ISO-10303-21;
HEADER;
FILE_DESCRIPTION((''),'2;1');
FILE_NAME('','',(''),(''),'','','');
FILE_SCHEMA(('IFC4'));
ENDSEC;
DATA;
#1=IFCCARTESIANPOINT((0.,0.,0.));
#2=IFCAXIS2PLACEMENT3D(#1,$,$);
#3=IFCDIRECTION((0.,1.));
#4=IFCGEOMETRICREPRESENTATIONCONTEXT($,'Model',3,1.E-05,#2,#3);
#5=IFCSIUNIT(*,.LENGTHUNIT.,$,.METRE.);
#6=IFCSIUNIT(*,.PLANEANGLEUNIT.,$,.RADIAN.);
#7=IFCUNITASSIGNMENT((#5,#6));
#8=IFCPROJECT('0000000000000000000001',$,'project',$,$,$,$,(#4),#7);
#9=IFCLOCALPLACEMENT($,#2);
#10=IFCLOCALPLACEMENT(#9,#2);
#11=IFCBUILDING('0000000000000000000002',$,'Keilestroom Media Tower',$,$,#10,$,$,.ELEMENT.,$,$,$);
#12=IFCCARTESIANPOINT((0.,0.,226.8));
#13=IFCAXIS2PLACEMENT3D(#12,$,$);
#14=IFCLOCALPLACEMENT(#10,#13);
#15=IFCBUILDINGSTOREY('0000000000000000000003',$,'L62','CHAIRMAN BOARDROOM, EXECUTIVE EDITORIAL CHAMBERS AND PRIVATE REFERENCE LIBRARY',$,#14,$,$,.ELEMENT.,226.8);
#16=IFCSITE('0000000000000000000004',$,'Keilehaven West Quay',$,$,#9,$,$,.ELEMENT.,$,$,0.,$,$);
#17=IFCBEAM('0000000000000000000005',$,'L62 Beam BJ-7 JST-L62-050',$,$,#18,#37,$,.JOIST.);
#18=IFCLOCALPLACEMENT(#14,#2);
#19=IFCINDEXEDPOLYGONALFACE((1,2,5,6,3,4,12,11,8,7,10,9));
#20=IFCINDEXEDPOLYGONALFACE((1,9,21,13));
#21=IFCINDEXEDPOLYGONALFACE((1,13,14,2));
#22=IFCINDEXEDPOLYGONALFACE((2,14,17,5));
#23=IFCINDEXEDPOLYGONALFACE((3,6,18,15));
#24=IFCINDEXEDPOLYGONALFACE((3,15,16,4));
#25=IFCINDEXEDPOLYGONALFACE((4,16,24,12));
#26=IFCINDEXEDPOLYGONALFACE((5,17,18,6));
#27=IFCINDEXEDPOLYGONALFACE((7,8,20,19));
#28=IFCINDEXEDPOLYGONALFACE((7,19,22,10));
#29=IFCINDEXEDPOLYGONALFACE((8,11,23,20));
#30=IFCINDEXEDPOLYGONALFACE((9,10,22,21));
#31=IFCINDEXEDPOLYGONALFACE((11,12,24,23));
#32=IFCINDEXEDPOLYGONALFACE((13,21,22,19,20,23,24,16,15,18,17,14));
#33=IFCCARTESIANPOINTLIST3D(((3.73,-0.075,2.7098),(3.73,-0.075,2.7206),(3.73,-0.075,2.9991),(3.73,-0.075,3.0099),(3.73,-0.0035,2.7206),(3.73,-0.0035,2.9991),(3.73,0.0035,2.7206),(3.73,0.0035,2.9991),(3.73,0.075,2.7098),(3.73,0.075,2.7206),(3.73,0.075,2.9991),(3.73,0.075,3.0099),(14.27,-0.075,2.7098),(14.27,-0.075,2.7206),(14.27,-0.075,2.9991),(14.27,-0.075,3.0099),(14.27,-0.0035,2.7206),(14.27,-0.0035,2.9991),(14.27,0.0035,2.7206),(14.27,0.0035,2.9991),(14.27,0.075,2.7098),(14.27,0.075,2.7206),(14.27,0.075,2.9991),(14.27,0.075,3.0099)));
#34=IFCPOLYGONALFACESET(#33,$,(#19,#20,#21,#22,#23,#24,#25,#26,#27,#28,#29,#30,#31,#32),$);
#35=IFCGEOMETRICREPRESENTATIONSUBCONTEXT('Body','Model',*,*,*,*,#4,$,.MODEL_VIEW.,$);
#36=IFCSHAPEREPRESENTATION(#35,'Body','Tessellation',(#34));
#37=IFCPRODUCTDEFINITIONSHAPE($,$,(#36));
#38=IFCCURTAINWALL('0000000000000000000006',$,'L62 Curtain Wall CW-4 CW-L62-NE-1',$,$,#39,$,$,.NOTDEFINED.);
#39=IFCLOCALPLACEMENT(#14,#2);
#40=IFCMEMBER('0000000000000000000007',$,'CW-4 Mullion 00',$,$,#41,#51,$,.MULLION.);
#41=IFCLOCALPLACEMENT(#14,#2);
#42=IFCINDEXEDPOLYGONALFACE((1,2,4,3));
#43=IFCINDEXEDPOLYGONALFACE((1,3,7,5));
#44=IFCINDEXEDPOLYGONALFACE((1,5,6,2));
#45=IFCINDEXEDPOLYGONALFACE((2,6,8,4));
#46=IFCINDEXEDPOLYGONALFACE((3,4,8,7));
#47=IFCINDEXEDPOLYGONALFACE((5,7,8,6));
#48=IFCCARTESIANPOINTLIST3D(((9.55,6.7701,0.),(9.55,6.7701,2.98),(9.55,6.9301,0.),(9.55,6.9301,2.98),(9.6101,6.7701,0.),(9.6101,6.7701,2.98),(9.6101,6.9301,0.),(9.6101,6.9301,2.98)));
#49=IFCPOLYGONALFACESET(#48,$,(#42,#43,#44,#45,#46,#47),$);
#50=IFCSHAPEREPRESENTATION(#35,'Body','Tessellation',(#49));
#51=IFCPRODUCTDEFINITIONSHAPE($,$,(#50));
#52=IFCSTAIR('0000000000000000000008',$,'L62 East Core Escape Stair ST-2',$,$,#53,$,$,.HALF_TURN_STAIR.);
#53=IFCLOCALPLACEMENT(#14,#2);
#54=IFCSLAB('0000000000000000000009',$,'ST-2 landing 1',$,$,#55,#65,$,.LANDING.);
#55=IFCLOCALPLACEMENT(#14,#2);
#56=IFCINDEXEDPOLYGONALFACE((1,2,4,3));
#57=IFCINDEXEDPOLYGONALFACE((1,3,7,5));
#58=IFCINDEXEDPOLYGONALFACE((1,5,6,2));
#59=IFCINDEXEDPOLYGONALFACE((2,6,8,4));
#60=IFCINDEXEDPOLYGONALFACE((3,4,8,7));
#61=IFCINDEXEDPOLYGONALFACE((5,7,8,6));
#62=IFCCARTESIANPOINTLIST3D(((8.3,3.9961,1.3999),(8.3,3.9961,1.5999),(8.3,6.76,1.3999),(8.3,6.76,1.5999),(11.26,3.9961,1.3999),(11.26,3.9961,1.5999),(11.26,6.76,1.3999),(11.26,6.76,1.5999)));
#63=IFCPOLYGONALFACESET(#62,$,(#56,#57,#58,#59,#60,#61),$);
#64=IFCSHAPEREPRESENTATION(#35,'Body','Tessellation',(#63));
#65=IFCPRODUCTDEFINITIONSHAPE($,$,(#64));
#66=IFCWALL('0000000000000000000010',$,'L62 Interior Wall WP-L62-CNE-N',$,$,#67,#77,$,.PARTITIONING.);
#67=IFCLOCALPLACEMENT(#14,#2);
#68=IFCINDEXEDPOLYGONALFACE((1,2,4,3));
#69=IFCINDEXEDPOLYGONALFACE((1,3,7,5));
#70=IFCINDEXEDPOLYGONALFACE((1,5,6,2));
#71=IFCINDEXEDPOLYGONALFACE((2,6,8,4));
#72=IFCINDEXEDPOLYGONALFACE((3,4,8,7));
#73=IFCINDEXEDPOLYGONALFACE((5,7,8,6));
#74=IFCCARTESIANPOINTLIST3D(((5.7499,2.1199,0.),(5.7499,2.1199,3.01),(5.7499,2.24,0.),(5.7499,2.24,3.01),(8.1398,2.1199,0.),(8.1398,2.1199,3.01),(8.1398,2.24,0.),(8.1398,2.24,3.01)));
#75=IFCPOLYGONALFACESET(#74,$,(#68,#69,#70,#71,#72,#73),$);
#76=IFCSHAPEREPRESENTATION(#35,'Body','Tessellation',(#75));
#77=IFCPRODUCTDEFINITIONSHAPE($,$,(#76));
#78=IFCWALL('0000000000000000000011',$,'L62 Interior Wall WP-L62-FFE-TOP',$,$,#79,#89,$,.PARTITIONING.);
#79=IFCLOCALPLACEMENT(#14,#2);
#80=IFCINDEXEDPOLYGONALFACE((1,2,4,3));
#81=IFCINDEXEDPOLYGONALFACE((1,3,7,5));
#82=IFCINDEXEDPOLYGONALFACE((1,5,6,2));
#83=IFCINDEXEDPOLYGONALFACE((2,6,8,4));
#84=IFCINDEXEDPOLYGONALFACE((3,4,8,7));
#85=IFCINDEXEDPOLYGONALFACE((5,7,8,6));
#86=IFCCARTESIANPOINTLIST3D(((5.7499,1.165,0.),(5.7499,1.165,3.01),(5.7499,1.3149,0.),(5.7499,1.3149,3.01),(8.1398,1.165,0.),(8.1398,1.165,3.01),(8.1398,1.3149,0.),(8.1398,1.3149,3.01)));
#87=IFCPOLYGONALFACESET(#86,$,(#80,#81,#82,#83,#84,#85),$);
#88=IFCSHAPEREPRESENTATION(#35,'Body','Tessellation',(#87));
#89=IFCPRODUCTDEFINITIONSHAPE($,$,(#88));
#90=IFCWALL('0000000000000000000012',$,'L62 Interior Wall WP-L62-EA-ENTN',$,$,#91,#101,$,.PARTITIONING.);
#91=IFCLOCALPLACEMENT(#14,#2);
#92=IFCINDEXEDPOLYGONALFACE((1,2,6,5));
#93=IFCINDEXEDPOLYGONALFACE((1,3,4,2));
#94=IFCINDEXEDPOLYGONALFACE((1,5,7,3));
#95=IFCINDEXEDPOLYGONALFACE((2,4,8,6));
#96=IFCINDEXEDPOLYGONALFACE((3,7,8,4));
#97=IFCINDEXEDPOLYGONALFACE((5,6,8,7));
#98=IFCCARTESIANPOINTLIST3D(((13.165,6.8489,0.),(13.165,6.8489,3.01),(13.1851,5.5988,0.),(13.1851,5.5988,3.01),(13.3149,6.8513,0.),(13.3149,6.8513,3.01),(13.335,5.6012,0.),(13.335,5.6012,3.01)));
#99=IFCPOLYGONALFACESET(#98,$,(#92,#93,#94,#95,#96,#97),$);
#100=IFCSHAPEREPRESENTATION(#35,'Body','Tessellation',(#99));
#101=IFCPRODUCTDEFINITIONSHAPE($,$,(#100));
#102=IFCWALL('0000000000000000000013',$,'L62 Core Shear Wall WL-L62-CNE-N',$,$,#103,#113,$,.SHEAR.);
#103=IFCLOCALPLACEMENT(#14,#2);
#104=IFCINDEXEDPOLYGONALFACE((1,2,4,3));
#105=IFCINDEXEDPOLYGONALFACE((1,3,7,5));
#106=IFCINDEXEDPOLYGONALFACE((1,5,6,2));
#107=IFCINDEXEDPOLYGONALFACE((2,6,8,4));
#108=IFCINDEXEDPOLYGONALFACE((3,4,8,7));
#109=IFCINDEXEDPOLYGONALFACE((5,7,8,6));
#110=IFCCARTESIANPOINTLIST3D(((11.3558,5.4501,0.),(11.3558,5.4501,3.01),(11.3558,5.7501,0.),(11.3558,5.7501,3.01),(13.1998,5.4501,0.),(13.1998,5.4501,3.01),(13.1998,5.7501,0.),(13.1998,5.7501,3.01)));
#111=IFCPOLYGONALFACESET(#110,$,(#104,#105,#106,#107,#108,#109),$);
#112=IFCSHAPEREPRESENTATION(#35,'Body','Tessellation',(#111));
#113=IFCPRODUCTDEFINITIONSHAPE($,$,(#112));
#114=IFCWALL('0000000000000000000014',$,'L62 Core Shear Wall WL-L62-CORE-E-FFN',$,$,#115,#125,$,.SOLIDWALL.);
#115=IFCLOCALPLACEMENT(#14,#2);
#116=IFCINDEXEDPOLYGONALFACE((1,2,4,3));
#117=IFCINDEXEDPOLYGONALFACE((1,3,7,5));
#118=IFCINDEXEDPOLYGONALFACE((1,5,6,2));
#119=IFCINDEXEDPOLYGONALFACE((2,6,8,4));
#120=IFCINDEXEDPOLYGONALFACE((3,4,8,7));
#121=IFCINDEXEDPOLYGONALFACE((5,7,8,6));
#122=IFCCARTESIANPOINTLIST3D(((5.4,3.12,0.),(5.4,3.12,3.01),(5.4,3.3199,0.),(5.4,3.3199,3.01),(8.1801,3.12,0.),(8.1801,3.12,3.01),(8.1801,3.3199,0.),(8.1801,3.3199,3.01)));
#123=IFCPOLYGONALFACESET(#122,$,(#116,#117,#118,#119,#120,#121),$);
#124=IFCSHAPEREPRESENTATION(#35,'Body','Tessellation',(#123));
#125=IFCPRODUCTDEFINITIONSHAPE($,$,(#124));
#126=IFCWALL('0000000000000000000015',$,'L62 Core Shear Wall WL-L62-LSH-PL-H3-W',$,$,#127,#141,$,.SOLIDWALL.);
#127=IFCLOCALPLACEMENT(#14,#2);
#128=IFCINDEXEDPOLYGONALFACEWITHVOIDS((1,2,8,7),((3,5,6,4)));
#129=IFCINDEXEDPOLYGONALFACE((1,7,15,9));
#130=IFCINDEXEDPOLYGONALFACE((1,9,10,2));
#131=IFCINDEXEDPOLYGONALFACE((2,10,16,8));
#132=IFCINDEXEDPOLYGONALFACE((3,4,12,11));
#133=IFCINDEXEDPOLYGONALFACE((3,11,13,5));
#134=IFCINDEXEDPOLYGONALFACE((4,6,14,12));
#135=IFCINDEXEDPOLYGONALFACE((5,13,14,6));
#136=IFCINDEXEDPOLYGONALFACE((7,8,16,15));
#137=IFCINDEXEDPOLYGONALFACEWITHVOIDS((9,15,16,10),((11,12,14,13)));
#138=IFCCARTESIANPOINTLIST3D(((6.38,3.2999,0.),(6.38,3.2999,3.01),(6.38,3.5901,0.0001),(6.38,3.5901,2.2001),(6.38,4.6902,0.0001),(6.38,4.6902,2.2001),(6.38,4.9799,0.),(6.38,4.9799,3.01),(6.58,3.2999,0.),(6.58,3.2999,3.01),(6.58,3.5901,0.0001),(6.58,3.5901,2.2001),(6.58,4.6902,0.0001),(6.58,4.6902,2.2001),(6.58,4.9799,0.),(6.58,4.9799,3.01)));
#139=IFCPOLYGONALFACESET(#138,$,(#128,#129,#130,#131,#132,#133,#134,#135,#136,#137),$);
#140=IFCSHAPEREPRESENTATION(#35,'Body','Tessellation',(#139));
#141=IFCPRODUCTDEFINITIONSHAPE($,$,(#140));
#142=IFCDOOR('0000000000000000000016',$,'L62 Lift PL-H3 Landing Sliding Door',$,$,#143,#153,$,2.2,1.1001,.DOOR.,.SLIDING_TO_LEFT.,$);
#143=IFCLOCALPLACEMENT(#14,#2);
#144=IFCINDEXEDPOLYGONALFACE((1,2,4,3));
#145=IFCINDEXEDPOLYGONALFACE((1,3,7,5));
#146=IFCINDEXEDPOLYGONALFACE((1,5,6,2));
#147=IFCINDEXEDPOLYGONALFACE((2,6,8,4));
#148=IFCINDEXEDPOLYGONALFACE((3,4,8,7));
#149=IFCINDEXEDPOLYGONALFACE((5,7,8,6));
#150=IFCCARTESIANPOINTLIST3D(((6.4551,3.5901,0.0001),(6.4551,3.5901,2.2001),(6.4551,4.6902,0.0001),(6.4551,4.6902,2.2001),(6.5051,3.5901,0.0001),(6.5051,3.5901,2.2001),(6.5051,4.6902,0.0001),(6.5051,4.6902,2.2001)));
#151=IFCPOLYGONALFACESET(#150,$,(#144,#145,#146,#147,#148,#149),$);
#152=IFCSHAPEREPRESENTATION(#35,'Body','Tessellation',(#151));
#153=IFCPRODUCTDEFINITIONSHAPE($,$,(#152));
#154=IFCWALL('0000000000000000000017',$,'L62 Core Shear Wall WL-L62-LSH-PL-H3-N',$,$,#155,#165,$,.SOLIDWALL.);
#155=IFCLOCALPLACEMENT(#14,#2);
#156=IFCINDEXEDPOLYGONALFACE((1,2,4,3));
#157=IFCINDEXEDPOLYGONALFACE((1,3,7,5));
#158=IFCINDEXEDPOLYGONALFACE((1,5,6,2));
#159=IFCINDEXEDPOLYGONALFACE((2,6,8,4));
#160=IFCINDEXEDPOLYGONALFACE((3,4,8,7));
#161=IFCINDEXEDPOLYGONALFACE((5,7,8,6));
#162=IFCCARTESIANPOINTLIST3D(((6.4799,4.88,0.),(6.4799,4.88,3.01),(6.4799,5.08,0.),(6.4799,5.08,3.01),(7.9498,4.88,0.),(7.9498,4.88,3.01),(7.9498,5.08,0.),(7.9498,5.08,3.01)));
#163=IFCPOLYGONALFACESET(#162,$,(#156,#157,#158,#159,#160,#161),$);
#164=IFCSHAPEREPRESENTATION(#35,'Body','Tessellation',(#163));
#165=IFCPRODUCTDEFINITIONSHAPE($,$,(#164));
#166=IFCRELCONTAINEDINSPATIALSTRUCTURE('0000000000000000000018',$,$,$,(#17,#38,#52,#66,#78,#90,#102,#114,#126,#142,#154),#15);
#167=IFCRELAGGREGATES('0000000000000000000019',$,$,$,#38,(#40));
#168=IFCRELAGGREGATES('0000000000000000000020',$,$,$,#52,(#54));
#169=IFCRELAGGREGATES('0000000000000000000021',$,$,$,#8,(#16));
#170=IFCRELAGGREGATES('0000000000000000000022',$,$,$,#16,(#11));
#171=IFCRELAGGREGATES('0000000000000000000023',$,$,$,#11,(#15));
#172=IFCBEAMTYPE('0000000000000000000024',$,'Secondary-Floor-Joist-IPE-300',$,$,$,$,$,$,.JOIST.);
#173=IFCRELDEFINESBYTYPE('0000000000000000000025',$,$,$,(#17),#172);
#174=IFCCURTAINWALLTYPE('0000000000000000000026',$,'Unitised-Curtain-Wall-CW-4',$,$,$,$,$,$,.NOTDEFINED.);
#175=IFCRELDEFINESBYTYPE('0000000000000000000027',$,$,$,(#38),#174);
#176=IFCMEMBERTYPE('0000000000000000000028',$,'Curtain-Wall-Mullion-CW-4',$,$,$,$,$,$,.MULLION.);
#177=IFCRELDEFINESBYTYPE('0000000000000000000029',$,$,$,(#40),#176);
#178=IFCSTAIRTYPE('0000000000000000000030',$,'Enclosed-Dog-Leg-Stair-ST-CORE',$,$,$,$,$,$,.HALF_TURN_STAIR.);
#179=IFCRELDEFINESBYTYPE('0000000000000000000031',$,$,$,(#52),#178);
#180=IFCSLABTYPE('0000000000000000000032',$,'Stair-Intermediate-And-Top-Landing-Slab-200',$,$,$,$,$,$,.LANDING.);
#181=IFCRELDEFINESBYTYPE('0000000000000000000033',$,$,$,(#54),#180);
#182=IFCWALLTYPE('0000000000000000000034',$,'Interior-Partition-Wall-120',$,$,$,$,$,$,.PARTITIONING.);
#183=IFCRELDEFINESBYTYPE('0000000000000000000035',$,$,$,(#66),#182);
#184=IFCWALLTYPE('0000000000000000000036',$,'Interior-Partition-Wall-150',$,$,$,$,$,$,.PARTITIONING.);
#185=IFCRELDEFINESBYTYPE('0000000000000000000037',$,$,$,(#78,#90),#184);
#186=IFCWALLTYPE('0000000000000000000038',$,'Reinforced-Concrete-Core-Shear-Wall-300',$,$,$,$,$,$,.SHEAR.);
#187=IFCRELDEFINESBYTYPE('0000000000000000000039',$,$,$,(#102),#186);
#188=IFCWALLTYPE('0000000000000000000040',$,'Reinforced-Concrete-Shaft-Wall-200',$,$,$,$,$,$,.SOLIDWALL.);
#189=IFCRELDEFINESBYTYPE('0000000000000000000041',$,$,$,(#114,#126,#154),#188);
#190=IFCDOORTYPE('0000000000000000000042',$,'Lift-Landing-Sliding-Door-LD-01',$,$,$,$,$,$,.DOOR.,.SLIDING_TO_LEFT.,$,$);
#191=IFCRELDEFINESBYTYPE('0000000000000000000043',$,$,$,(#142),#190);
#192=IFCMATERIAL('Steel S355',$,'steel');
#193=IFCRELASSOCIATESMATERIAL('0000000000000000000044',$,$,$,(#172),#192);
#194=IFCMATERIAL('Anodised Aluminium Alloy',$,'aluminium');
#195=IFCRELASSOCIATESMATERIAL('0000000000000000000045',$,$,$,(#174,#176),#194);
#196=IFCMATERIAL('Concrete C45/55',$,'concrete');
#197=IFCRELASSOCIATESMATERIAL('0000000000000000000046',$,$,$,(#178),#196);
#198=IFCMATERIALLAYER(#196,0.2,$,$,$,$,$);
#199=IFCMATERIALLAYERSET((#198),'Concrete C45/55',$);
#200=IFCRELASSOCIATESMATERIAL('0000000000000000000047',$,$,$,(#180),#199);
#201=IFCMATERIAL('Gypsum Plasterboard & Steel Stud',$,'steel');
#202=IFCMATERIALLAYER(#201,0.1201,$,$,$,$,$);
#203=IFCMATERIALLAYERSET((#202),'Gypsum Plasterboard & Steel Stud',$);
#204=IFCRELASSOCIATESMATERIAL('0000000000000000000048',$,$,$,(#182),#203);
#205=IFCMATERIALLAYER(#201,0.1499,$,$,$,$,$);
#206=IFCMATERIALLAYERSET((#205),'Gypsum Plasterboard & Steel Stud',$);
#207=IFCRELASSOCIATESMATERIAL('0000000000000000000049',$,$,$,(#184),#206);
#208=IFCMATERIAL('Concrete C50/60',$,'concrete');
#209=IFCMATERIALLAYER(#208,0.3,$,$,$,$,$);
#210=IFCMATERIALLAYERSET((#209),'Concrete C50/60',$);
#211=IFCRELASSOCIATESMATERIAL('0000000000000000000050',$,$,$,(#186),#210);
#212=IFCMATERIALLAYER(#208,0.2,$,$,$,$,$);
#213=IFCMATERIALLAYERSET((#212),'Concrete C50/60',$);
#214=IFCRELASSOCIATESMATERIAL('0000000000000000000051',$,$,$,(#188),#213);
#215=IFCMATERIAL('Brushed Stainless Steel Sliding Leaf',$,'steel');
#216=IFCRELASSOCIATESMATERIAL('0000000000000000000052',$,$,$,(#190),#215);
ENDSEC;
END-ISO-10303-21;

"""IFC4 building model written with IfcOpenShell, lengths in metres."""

from ifc_helpers import new_model, si_unit, direction, frame, frame_2d, origin, origin_2d, place, context, subcontext, project, spatial, polyline, rectangle, i_section, outline, extrude, source, transform, mapped, material, layer, layer_set, material_profile, profile_set, type_object, element, fill, aggregate, save


model = new_model("IFC4")

# Units and contexts
model_context = context("Model", 3, precision=1e-05, world=origin(), true_north=direction((0.0, 1.0)))
body_context = subcontext(model_context, "Body", "Model", "MODEL_VIEW")
ifc_project = project(units=[si_unit("LENGTHUNIT", "METRE"), si_unit("PLANEANGLEUNIT", "RADIAN")], contexts=[model_context])

# Site, building, storey
site_placement = place(None, origin())
site = spatial("IfcSite", under=ifc_project, at=site_placement, Name="Keilehaven West Quay", CompositionType="ELEMENT", RefElevation=0.0)
building_placement = place(site_placement, origin())
building = spatial("IfcBuilding", under=site, at=building_placement, Name="Keilestroom Media Tower", CompositionType="ELEMENT")
storey_placement = place(building_placement, frame((0.0, 0.0, 226.8)))
storey = spatial("IfcBuildingStorey", under=building, at=storey_placement, Name="L62", Description="CHAIRMAN BOARDROOM, EXECUTIVE EDITORIAL CHAMBERS AND PRIVATE REFERENCE LIBRARY", CompositionType="ELEMENT", Elevation=226.8)

# Beam
ifc_material_1 = material(Name="Steel S355", Category="steel")
ifc_material_profile_1 = material_profile(ifc_material_1, i_section(OverallWidth=0.1499, OverallDepth=0.3, WebThickness=0.0071, FlangeThickness=0.0107, at=origin_2d()), Name="IPE 300")
ifc_profile_set_1 = profile_set([ifc_material_profile_1], Name="Steel S355")
beam_type = type_object("IfcBeamType", Name="Secondary-Floor-Joist-IPE-300", PredefinedType="JOIST", material=ifc_profile_set_1)
shared_shape_1 = source(origin(), body_context, "Body", "SweptSolid", [
    extrude(i_section(OverallWidth=0.1499, OverallDepth=0.3, WebThickness=0.0071, FlangeThickness=0.0107, at=origin_2d()), origin(), (0.0, 0.0, 1.0), 10.54),
])
beam_placement = place(storey_placement, frame((3.73, 0.0, 2.8599), z_axis=(1.0, 0.0, 0.0), x_axis=(0.0, 1.0, 0.0)))
element("IfcBeam", 1, at=beam_placement, inside=storey, type_object=beam_type, Name="L62 Beam BJ-7 JST-L62-050", PredefinedType="JOIST", context=body_context, shape_type="MappedRepresentation", body=[
    mapped(shared_shape_1, transform((0.0, 0.0, 0.0), x_axis=(1.0, 0.0, 0.0), y_axis=(0.0, 1.0, 0.0), z_axis=(0.0, 0.0, 1.0), scale=1.0)),
])

# Curtain wall, member
ifc_material_2 = material(Name="Anodised Aluminium Alloy", Category="aluminium")
curtain_wall_type = type_object("IfcCurtainWallType", Name="Unitised-Curtain-Wall-CW-4", PredefinedType="NOTDEFINED", material=ifc_material_2)
curtain_wall_placement = place(storey_placement, origin())
curtain_wall = element("IfcCurtainWall", 2, at=curtain_wall_placement, inside=storey, type_object=curtain_wall_type, Name="L62 Curtain Wall CW-4 CW-L62-NE-1", PredefinedType="NOTDEFINED")
ifc_material_profile_2 = material_profile(ifc_material_2, rectangle(XDim=0.0601, YDim=0.1599, at=origin_2d()), Name="ALU MULLION 60x160")
ifc_profile_set_2 = profile_set([ifc_material_profile_2], Name="Anodised Aluminium Alloy")
member_type = type_object("IfcMemberType", Name="Curtain-Wall-Mullion-CW-4", PredefinedType="MULLION", material=ifc_profile_set_2)
shared_shape_2 = source(origin(), body_context, "Body", "SweptSolid", [
    extrude(rectangle(XDim=0.0601, YDim=0.1599, at=origin_2d()), origin(), (0.0, 0.0, 1.0), 2.98),
])
member_placement = place(storey_placement, frame((9.5801, 6.8501, 0.0), z_axis=(0.0, 0.0, 1.0), x_axis=(1.0, 0.0, 0.0)))
member = element("IfcMember", 3, at=member_placement, type_object=member_type, Name="CW-4 Mullion 00", PredefinedType="MULLION", context=body_context, shape_type="MappedRepresentation", body=[
    mapped(shared_shape_2, transform((0.0, 0.0, 0.0), x_axis=(1.0, 0.0, 0.0), y_axis=(0.0, 1.0, 0.0), z_axis=(0.0, 0.0, 1.0), scale=1.0)),
])
aggregate(curtain_wall, [member])

# Stair, slab
ifc_material_3 = material(Name="Concrete C45/55", Category="concrete")
stair_type = type_object("IfcStairType", Name="Enclosed-Dog-Leg-Stair-ST-CORE", PredefinedType="HALF_TURN_STAIR", material=ifc_material_3)
stair_placement = place(storey_placement, origin())
stair = element("IfcStair", 4, at=stair_placement, inside=storey, type_object=stair_type, Name="L62 East Core Escape Stair ST-2", PredefinedType="HALF_TURN_STAIR")
ifc_layer_1 = layer(ifc_material_3, 0.2)
ifc_layer_set_1 = layer_set([ifc_layer_1], Name="Concrete C45/55")
slab_type = type_object("IfcSlabType", Name="Stair-Intermediate-And-Top-Landing-Slab-200", PredefinedType="LANDING", material=ifc_layer_set_1)
slab_placement = place(storey_placement, frame((0.0, 0.0, 1.3999)))
slab = element("IfcSlab", 5, at=slab_placement, type_object=slab_type, Name="ST-2 landing 1", PredefinedType="LANDING", context=body_context, shape_type="SweptSolid", body=[
    extrude(outline(polyline([(11.26, 3.9961), (11.26, 6.76), (8.3, 6.76), (8.3, 3.9961), (11.26, 3.9961)])), origin(), (0.0, 0.0, 1.0), 0.2),
])

# Walls
ifc_material_4 = material(Name="Gypsum Plasterboard & Steel Stud", Category="steel")
ifc_layer_2 = layer(ifc_material_4, 0.1201)
ifc_layer_set_2 = layer_set([ifc_layer_2], Name="Gypsum Plasterboard & Steel Stud")
wall_type_1 = type_object("IfcWallType", Name="Interior-Partition-Wall-120", PredefinedType="PARTITIONING", material=ifc_layer_set_2)
wall_1_placement = place(storey_placement, frame((5.75, 2.1799, 0.0), z_axis=(0.0, 0.0, 1.0), x_axis=(1.0, 0.0, 0.0)))
element("IfcWall", 6, at=wall_1_placement, inside=storey, type_object=wall_type_1, Name="L62 Interior Wall WP-L62-CNE-N", PredefinedType="PARTITIONING", context=body_context, shape_type="SweptSolid", body=[
    extrude(rectangle(XDim=2.3899, YDim=0.1201, at=frame_2d((1.1948, 0.0))), origin(), (0.0, 0.0, 1.0), 3.01),
])
ifc_layer_3 = layer(ifc_material_4, 0.1499)
ifc_layer_set_3 = layer_set([ifc_layer_3], Name="Gypsum Plasterboard & Steel Stud")
wall_type_2 = type_object("IfcWallType", Name="Interior-Partition-Wall-150", PredefinedType="PARTITIONING", material=ifc_layer_set_3)
wall_2_placement = place(storey_placement, frame((5.75, 1.24, 0.0), z_axis=(0.0, 0.0, 1.0), x_axis=(1.0, 0.0, 0.0)))
element("IfcWall", 7, at=wall_2_placement, inside=storey, type_object=wall_type_2, Name="L62 Interior Wall WP-L62-FFE-TOP", PredefinedType="PARTITIONING", context=body_context, shape_type="SweptSolid", body=[
    extrude(rectangle(XDim=2.3899, YDim=0.1499, at=frame_2d((1.1948, 0.0))), origin(), (0.0, 0.0, 1.0), 3.01),
])
wall_3_placement = place(storey_placement, frame((13.26, 5.6001, 0.0), z_axis=(0.0, 0.0, 1.0), x_axis=(-0.016014, 0.999872, 0.0)))
element("IfcWall", 8, at=wall_3_placement, inside=storey, type_object=wall_type_2, Name="L62 Interior Wall WP-L62-EA-ENTN", PredefinedType="PARTITIONING", context=body_context, shape_type="SweptSolid", body=[
    extrude(rectangle(XDim=1.2502, YDim=0.1499, at=frame_2d((0.625, 0.0))), origin(), (0.0, 0.0, 1.0), 3.01),
])
ifc_material_5 = material(Name="Concrete C50/60", Category="concrete")
ifc_layer_4 = layer(ifc_material_5, 0.3)
ifc_layer_set_4 = layer_set([ifc_layer_4], Name="Concrete C50/60")
wall_type_3 = type_object("IfcWallType", Name="Reinforced-Concrete-Core-Shear-Wall-300", PredefinedType="SHEAR", material=ifc_layer_set_4)
wall_4_placement = place(storey_placement, frame((11.356, 5.6001, 0.0), z_axis=(0.0, 0.0, 1.0), x_axis=(1.0, 0.0, 0.0)))
element("IfcWall", 9, at=wall_4_placement, inside=storey, type_object=wall_type_3, Name="L62 Core Shear Wall WL-L62-CNE-N", PredefinedType="SHEAR", context=body_context, shape_type="SweptSolid", body=[
    extrude(rectangle(XDim=1.844, YDim=0.3, at=frame_2d((0.9219, 0.0))), origin(), (0.0, 0.0, 1.0), 3.01),
])
ifc_layer_5 = layer(ifc_material_5, 0.2)
ifc_layer_set_5 = layer_set([ifc_layer_5], Name="Concrete C50/60")
wall_type_4 = type_object("IfcWallType", Name="Reinforced-Concrete-Shaft-Wall-200", PredefinedType="SOLIDWALL", material=ifc_layer_set_5)
wall_5_placement = place(storey_placement, frame((5.3999, 3.22, 0.0), z_axis=(0.0, 0.0, 1.0), x_axis=(1.0, 0.0, 0.0)))
element("IfcWall", 10, at=wall_5_placement, inside=storey, type_object=wall_type_4, Name="L62 Core Shear Wall WL-L62-CORE-E-FFN", PredefinedType="SOLIDWALL", context=body_context, shape_type="SweptSolid", body=[
    extrude(rectangle(XDim=2.78, YDim=0.2, at=frame_2d((1.3901, 0.0))), origin(), (0.0, 0.0, 1.0), 3.01),
])

# Wall, opening, door
wall_6_placement = place(storey_placement, frame((6.48, 3.3, 0.0), z_axis=(0.0, 0.0, 1.0), x_axis=(0.0, 1.0, 0.0)))
wall_6 = element("IfcWall", 11, at=wall_6_placement, inside=storey, type_object=wall_type_4, Name="L62 Core Shear Wall WL-L62-LSH-PL-H3-W", PredefinedType="SOLIDWALL", context=body_context, shape_type="SweptSolid", body=[
    extrude(rectangle(XDim=1.6799, YDim=0.2, at=frame_2d((0.8398, 0.0))), origin(), (0.0, 0.0, 1.0), 3.01),
])
opening_1_placement = place(wall_6_placement, frame((0.29, 0.0, 0.0)))
opening_1 = element("IfcOpeningElement", 12, at=opening_1_placement, cuts=wall_6, PredefinedType="OPENING", context=body_context, shape_type="SweptSolid", body=[
    extrude(rectangle(XDim=1.1001, YDim=2.2, at=frame_2d((0.55, 1.1001))), frame((0.0, 0.1099, 0.0), z_axis=(0.0, -1.0, 0.0), x_axis=(1.0, 0.0, 0.0)), (0.0, 0.0, 1.0), 0.22),
])
ifc_material_6 = material(Name="Brushed Stainless Steel Sliding Leaf", Category="steel")
door_type = type_object("IfcDoorType", Name="Lift-Landing-Sliding-Door-LD-01", OperationType="SLIDING_TO_LEFT", PredefinedType="DOOR", material=ifc_material_6)
shared_shape_3 = source(origin(), body_context, "Body", "SweptSolid", [
    extrude(rectangle(XDim=1.1001, YDim=2.2, at=frame_2d((0.55, 1.1001))), frame((0.0, 0.0249, 0.0), z_axis=(0.0, -1.0, 0.0), x_axis=(1.0, 0.0, 0.0)), (0.0, 0.0, 1.0), 0.05),
])
door_1_placement = place(opening_1_placement, origin())
door_1 = element("IfcDoor", 13, at=door_1_placement, inside=storey, type_object=door_type, Name="L62 Lift PL-H3 Landing Sliding Door", OperationType="SLIDING_TO_LEFT", OverallHeight=2.2, OverallWidth=1.1001, PredefinedType="DOOR", context=body_context, shape_type="MappedRepresentation", body=[
    mapped(shared_shape_3, transform((0.0, 0.0, 0.0), x_axis=(1.0, 0.0, 0.0), y_axis=(0.0, 1.0, 0.0), z_axis=(0.0, 0.0, 1.0), scale=1.0)),
])
fill(opening_1, door_1)

# Wall
wall_7_placement = place(storey_placement, frame((6.48, 4.98, 0.0), z_axis=(0.0, 0.0, 1.0), x_axis=(1.0, 0.0, 0.0)))
element("IfcWall", 14, at=wall_7_placement, inside=storey, type_object=wall_type_4, Name="L62 Core Shear Wall WL-L62-LSH-PL-H3-N", PredefinedType="SOLIDWALL", context=body_context, shape_type="SweptSolid", body=[
    extrude(rectangle(XDim=1.47, YDim=0.2, at=frame_2d((0.7349, 0.0))), origin(), (0.0, 0.0, 1.0), 3.01),
])

aggregate(stair, [slab])

save(model, "model.ifc")
